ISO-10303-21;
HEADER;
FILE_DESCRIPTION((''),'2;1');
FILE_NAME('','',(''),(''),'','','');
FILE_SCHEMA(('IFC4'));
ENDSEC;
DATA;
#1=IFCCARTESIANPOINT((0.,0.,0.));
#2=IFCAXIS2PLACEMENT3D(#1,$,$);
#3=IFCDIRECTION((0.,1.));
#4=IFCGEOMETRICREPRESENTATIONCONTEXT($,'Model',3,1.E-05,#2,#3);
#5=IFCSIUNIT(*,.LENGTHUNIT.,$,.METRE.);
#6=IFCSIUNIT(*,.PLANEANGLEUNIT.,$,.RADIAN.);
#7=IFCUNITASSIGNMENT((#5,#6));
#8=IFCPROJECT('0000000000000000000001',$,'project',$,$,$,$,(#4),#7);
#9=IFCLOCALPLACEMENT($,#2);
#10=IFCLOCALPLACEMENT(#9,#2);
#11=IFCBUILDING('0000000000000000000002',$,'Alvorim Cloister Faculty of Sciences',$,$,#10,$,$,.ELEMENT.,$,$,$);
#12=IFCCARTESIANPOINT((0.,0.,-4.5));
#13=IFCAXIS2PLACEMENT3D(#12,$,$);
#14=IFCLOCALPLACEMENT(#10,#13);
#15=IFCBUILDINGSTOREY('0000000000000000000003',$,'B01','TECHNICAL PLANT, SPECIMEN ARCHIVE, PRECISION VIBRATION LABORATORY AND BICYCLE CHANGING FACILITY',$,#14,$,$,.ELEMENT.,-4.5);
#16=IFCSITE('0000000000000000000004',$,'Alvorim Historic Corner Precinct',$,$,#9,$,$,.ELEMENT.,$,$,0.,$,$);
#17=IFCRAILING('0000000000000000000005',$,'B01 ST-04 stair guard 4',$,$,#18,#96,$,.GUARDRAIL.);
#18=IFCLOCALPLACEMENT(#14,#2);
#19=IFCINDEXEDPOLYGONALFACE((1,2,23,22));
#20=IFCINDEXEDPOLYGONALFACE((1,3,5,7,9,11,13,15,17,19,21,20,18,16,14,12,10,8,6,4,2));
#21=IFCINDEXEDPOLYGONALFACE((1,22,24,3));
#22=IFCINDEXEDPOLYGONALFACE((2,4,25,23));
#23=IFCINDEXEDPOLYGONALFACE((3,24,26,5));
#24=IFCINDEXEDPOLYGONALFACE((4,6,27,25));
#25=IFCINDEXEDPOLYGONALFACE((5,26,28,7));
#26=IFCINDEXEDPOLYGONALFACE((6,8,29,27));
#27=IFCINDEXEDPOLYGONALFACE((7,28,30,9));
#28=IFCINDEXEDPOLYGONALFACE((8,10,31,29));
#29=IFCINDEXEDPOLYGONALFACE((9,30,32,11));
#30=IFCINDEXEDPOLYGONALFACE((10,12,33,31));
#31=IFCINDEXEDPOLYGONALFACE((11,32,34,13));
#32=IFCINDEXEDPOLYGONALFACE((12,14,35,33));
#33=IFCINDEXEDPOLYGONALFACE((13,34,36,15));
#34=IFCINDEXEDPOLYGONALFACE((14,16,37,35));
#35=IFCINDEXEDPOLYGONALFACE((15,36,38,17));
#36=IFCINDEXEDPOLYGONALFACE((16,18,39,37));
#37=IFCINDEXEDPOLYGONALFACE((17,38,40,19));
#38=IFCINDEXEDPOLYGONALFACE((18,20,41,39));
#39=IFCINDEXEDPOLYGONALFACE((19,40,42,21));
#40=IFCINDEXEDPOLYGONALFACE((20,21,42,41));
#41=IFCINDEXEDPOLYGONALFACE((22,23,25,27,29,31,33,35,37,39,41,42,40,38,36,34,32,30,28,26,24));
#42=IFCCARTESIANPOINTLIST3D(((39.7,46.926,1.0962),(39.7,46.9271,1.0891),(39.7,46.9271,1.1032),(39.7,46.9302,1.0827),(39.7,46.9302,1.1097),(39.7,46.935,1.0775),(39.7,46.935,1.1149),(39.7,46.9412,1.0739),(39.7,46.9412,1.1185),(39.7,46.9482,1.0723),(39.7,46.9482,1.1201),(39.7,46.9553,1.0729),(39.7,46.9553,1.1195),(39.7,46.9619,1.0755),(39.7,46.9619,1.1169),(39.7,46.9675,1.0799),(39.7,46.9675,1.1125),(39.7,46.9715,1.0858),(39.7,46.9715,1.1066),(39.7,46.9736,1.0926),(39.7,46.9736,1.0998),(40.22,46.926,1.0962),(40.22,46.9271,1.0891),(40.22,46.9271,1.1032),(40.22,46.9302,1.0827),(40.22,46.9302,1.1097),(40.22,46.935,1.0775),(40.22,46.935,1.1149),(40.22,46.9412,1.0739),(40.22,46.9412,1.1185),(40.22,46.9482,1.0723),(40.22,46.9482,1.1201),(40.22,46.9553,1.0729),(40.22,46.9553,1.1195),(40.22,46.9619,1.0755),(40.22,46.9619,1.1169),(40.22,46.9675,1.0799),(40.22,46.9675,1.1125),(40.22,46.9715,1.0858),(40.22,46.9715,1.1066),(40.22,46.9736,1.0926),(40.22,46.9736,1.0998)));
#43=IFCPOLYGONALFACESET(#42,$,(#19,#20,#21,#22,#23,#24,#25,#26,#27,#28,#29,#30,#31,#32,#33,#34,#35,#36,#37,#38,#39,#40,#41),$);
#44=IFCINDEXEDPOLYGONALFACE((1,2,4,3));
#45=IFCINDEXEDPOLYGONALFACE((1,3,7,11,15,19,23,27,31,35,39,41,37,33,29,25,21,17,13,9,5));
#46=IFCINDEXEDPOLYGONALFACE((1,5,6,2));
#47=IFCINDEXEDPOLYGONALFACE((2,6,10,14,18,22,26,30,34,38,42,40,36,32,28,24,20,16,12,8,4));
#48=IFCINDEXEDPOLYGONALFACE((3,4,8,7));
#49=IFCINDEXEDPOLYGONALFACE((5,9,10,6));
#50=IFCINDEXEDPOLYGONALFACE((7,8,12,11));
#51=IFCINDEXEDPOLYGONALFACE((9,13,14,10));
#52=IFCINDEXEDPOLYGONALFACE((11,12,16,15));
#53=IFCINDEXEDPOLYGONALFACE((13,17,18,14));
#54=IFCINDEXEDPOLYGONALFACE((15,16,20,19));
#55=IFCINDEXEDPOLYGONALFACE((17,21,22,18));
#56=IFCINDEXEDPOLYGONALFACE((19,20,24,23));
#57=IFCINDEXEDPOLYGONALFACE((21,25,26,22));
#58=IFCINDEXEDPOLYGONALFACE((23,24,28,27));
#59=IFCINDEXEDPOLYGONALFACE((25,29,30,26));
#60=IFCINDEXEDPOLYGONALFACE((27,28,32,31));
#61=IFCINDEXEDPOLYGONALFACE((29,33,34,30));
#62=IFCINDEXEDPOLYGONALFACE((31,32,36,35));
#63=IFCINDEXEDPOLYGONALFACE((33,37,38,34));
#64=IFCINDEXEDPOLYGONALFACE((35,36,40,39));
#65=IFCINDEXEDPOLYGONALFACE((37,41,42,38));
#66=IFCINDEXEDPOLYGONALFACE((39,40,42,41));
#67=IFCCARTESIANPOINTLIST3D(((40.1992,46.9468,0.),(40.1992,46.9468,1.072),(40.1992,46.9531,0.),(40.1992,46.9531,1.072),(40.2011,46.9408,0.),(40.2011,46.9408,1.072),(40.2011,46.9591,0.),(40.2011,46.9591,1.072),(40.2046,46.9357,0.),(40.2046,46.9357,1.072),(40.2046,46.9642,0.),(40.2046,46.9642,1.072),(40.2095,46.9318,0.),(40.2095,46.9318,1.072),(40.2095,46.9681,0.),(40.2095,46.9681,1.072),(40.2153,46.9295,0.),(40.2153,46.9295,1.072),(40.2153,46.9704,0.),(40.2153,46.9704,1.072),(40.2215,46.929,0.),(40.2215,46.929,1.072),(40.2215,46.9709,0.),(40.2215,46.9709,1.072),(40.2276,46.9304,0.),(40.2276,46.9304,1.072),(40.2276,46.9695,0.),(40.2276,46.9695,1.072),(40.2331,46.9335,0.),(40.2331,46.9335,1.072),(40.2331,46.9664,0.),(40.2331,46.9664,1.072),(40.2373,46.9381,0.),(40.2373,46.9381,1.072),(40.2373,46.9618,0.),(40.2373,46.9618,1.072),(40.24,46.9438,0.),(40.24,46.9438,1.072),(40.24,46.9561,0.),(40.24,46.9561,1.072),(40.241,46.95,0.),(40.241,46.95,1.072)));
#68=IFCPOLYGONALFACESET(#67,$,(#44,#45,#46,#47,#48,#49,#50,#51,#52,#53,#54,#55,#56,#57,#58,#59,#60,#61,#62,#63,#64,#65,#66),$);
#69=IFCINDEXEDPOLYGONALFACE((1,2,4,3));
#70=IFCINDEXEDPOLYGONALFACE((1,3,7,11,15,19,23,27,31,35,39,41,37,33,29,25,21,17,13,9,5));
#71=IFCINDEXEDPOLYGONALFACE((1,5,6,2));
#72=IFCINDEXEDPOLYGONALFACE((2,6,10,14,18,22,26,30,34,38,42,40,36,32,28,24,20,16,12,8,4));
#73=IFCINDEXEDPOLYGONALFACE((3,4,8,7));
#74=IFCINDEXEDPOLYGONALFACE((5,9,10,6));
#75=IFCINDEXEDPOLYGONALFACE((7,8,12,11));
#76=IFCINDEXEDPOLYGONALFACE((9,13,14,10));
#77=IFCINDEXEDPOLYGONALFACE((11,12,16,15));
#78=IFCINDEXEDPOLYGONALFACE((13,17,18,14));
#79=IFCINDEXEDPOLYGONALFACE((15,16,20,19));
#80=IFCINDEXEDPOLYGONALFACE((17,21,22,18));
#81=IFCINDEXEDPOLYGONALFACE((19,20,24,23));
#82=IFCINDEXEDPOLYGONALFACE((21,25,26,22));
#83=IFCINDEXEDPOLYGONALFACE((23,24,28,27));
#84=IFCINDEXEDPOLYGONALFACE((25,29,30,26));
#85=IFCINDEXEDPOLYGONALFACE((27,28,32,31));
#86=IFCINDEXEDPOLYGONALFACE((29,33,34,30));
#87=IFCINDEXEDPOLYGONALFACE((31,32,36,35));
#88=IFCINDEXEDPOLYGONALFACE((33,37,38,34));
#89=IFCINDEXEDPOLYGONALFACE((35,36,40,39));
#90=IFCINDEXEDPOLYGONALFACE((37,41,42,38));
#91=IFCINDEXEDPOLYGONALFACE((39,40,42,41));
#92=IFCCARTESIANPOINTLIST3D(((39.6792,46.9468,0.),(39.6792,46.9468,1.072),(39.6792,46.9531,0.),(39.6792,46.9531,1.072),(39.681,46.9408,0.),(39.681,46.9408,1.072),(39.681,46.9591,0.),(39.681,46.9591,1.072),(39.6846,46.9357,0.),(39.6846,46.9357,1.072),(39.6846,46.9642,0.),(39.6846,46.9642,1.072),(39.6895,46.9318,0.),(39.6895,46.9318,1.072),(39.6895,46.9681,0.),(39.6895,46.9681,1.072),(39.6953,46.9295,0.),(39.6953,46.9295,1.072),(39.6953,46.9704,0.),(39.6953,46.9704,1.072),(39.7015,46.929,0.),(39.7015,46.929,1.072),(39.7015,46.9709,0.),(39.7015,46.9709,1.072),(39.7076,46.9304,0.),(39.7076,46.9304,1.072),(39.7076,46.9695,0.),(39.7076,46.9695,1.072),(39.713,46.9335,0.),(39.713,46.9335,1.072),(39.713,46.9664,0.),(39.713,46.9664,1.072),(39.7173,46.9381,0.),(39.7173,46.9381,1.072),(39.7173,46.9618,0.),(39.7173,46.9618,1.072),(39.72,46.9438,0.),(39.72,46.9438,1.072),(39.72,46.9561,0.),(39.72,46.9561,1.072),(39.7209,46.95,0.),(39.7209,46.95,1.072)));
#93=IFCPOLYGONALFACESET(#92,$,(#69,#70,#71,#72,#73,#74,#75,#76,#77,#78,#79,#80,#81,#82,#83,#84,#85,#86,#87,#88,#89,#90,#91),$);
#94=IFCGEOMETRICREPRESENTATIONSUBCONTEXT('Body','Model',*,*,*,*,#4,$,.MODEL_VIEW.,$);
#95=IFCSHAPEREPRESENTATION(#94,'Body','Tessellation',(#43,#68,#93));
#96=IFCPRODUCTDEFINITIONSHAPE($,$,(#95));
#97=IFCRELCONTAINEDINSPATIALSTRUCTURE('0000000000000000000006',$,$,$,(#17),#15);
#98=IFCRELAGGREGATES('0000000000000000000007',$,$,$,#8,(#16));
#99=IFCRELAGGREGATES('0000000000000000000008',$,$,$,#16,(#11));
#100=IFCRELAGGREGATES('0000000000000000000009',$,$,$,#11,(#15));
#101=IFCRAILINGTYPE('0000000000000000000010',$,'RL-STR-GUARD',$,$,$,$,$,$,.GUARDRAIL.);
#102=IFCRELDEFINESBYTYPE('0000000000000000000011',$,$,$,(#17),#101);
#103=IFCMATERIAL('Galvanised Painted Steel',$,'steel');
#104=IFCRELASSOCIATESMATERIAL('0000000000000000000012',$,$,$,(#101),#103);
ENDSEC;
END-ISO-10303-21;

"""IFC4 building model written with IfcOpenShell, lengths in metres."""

from ifc_helpers import new_model, si_unit, direction, frame, origin, origin_2d, place, context, subcontext, project, spatial, circle, extrude, material, type_object, element, save


model = new_model("IFC4")

# Units and contexts
model_context = context("Model", 3, precision=1e-05, world=origin(), true_north=direction((0.0, 1.0)))
body_context = subcontext(model_context, "Body", "Model", "MODEL_VIEW")
ifc_project = project(units=[si_unit("LENGTHUNIT", "METRE"), si_unit("PLANEANGLEUNIT", "RADIAN")], contexts=[model_context])

# Site, building, storey
site_placement = place(None, origin())
site = spatial("IfcSite", under=ifc_project, at=site_placement, Name="Alvorim Historic Corner Precinct", CompositionType="ELEMENT", RefElevation=0.0)
building_placement = place(site_placement, origin())
building = spatial("IfcBuilding", under=site, at=building_placement, Name="Alvorim Cloister Faculty of Sciences", CompositionType="ELEMENT")
storey_placement = place(building_placement, frame((0.0, 0.0, -4.5)))
storey = spatial("IfcBuildingStorey", under=building, at=storey_placement, Name="B01", Description="TECHNICAL PLANT, SPECIMEN ARCHIVE, PRECISION VIBRATION LABORATORY AND BICYCLE CHANGING FACILITY", CompositionType="ELEMENT", Elevation=-4.5)

# Railing
ifc_material_1 = material(Name="Galvanised Painted Steel", Category="steel")
railing_type_1 = type_object("IfcRailingType", Name="RL-STR-GUARD", PredefinedType="GUARDRAIL", material=ifc_material_1)
railing_1_placement = place(storey_placement, frame((40.22, 46.95, 0.0)))
element("IfcRailing", 1, at=railing_1_placement, inside=storey, type_object=railing_type_1, Name="B01 ST-04 stair guard 4", PredefinedType="GUARDRAIL", context=body_context, shape_type="SweptSolid", body=[
    extrude(circle(Radius=0.0239, at=origin_2d()), frame((0.0, 0.0, 1.0962), z_axis=(-1.0, 0.0, 0.0), x_axis=(0.0, -1.0, 0.0)), (0.0, 0.0, 1.0), 0.52),
    extrude(circle(Radius=0.021, at=origin_2d()), origin(), (0.0, 0.0, 1.0), 1.072),
    extrude(circle(Radius=0.021, at=origin_2d()), frame((-0.52, 0.0, 0.0)), (0.0, 0.0, 1.0), 1.072),
])

save(model, "model.ifc")
